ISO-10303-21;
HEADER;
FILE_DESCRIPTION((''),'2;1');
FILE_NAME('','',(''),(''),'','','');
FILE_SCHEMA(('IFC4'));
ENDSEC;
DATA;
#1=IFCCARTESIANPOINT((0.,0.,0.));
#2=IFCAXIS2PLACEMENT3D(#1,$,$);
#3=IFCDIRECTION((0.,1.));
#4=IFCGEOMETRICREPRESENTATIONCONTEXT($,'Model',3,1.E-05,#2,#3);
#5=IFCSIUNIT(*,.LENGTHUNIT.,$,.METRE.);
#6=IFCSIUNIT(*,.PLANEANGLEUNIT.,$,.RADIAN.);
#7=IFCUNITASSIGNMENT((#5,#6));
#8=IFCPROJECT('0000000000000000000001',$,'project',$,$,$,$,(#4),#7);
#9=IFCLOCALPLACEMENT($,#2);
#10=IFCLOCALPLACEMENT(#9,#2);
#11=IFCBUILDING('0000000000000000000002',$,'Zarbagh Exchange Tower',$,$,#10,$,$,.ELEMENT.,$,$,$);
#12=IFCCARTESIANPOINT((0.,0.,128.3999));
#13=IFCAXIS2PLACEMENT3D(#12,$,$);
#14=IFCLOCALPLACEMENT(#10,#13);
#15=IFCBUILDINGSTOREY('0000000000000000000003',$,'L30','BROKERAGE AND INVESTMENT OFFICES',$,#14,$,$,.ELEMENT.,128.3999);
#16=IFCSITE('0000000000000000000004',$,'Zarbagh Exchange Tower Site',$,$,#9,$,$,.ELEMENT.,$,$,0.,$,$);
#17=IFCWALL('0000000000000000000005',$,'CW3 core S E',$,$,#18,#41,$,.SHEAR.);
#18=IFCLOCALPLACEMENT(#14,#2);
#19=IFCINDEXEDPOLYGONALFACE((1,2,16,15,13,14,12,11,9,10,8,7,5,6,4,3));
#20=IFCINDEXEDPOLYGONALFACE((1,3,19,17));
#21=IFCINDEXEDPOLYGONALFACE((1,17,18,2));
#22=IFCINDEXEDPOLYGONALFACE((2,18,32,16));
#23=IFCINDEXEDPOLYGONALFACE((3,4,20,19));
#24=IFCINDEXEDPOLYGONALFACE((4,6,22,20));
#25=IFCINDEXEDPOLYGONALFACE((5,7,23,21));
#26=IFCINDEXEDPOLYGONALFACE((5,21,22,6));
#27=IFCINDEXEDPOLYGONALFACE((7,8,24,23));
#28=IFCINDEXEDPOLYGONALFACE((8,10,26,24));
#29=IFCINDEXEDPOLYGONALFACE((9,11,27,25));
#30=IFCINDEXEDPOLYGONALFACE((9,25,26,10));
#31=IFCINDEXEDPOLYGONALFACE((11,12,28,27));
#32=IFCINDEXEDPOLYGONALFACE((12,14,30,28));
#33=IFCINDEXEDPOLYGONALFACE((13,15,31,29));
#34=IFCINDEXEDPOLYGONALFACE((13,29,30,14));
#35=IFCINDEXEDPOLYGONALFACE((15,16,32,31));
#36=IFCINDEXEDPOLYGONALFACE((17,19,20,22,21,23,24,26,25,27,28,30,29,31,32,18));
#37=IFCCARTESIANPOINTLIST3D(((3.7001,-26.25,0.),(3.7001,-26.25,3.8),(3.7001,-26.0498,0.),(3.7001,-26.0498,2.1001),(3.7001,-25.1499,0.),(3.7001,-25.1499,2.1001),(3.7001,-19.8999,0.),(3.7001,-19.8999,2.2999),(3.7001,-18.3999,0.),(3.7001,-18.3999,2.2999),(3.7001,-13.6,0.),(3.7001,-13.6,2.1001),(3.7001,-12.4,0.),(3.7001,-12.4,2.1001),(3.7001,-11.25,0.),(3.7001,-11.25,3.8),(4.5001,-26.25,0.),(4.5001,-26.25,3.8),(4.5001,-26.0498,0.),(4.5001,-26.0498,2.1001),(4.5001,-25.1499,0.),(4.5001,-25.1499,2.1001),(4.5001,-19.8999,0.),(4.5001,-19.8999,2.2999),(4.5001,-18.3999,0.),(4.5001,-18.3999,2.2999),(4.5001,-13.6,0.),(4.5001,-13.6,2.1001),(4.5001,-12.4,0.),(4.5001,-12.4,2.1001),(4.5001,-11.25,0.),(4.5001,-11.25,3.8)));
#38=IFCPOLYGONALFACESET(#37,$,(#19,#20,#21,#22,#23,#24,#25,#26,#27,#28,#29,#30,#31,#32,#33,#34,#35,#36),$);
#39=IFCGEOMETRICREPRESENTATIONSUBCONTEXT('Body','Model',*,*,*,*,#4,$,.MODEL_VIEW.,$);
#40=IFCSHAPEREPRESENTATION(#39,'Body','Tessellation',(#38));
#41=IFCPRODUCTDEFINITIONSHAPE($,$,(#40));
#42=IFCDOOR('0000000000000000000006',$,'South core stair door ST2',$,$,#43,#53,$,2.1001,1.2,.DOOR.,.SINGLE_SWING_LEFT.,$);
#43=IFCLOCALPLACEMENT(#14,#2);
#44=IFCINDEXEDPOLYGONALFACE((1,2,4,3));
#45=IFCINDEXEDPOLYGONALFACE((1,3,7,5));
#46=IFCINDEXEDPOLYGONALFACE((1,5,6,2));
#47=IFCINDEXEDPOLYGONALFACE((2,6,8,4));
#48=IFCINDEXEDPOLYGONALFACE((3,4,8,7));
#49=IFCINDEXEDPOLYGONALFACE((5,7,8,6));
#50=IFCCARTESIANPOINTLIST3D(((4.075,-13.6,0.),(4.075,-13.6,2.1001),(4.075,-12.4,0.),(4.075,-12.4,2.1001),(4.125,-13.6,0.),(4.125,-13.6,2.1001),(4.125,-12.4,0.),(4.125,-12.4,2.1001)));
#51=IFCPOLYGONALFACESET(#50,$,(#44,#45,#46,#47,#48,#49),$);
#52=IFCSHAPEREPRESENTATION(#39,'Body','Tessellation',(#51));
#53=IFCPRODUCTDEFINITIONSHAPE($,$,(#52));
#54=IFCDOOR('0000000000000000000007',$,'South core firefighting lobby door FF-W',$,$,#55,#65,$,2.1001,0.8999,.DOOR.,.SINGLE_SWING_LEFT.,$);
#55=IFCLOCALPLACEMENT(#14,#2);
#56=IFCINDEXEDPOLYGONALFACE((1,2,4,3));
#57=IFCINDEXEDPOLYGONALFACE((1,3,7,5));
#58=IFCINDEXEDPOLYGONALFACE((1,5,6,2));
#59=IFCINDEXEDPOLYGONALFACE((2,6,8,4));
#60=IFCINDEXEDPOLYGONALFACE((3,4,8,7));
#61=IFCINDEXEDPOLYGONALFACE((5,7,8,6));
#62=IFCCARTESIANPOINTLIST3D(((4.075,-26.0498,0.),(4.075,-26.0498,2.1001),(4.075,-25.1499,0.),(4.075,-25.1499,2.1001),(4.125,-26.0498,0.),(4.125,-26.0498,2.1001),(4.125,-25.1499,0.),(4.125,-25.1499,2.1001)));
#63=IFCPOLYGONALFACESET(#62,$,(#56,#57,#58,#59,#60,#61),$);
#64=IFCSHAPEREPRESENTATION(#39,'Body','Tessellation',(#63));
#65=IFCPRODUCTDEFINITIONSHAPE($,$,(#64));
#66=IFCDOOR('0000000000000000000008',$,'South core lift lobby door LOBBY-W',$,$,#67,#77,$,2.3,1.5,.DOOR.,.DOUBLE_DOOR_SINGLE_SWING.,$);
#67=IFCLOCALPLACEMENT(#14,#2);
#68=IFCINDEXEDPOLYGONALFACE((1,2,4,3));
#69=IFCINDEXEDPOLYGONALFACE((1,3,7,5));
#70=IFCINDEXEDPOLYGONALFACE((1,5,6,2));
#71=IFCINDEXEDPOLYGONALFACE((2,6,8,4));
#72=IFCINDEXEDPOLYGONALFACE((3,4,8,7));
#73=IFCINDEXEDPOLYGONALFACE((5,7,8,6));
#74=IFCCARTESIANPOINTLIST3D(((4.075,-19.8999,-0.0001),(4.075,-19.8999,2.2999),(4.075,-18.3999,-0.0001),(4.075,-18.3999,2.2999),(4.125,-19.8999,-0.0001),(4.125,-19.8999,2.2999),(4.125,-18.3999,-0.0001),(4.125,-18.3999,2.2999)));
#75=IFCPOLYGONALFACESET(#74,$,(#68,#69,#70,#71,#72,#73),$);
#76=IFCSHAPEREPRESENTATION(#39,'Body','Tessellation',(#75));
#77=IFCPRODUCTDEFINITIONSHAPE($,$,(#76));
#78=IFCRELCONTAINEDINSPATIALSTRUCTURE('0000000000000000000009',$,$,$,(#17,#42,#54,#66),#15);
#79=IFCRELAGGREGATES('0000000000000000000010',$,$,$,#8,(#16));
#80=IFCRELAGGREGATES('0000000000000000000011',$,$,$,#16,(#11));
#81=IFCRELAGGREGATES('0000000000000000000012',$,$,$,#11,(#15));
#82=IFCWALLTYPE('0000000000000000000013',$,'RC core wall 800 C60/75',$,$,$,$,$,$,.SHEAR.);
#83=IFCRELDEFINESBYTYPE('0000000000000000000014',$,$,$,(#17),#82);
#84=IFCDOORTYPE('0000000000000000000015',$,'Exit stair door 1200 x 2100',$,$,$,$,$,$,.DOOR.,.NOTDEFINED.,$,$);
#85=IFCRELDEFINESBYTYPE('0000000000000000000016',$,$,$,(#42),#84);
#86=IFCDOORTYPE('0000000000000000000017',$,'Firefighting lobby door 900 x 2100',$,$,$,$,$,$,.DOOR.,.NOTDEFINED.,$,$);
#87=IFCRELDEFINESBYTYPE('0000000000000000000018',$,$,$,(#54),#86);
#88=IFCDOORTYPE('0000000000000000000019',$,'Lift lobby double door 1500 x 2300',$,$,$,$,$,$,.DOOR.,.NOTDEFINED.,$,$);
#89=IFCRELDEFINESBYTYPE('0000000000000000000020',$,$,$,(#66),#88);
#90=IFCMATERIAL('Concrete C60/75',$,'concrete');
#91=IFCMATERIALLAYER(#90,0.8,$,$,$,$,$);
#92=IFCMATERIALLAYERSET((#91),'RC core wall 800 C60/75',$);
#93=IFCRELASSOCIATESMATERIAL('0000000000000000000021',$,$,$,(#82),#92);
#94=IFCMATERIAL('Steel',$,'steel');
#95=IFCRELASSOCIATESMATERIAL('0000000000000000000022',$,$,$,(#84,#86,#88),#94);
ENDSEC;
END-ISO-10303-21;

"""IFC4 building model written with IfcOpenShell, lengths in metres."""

from ifc_helpers import new_model, si_unit, direction, frame, frame_2d, origin, place, context, subcontext, project, spatial, rectangle, extrude, material, layer, layer_set, type_object, element, fill, save


model = new_model("IFC4")

# Units and contexts
model_context = context("Model", 3, precision=1e-05, world=origin(), true_north=direction((0.0, 1.0)))
body_context = subcontext(model_context, "Body", "Model", "MODEL_VIEW")
ifc_project = project(units=[si_unit("LENGTHUNIT", "METRE"), si_unit("PLANEANGLEUNIT", "RADIAN")], contexts=[model_context])

# Site, building, storey
site_placement = place(None, origin())
site = spatial("IfcSite", under=ifc_project, at=site_placement, Name="Zarbagh Exchange Tower Site", CompositionType="ELEMENT", RefElevation=0.0)
building_placement = place(site_placement, origin())
building = spatial("IfcBuilding", under=site, at=building_placement, Name="Zarbagh Exchange Tower", CompositionType="ELEMENT")
storey_placement = place(building_placement, frame((0.0, 0.0, 128.3999)))
storey = spatial("IfcBuildingStorey", under=building, at=storey_placement, Name="L30", Description="BROKERAGE AND INVESTMENT OFFICES", CompositionType="ELEMENT", Elevation=128.3999)

# Shared definitions
ifc_material_1 = material(Name="Concrete C60/75", Category="concrete")

# Wall, openings, doors
ifc_layer_1 = layer(ifc_material_1, 0.8)
ifc_layer_set_1 = layer_set([ifc_layer_1], Name="RC core wall 800 C60/75")
wall_type_1 = type_object("IfcWallType", Name="RC core wall 800 C60/75", PredefinedType="SHEAR", material=ifc_layer_set_1)
wall_1_placement = place(storey_placement, frame((4.1001, -11.25, 0.0), z_axis=(0.0, 0.0, 1.0), x_axis=(0.0, -1.0, 0.0)))
wall_1 = element("IfcWall", 1, at=wall_1_placement, inside=storey, type_object=wall_type_1, Name="CW3 core S E", PredefinedType="SHEAR", context=body_context, shape_type="SweptSolid", body=[
    extrude(rectangle(XDim=15.0, YDim=0.8, at=frame_2d((7.5, 0.0))), origin(), (0.0, 0.0, 1.0), 3.8),
])
opening_1_placement = place(wall_1_placement, frame((7.1499, 0.0, 0.0)))
opening_1 = element("IfcOpeningElement", 2, at=opening_1_placement, cuts=wall_1, PredefinedType="OPENING", context=body_context, shape_type="SweptSolid", body=[
    extrude(rectangle(XDim=1.5, YDim=2.3, at=frame_2d((0.75, 1.1499))), frame((0.0, 0.4099, 0.0), z_axis=(0.0, -1.0, 0.0), x_axis=(1.0, 0.0, 0.0)), (0.0, 0.0, 1.0), 0.8201),
])
opening_2_placement = place(wall_1_placement, frame((13.8999, 0.0, 0.0)))
opening_2 = element("IfcOpeningElement", 3, at=opening_2_placement, cuts=wall_1, PredefinedType="OPENING", context=body_context, shape_type="SweptSolid", body=[
    extrude(rectangle(XDim=0.8999, YDim=2.1001, at=frame_2d((0.45, 1.05))), frame((0.0, 0.4099, 0.0), z_axis=(0.0, -1.0, 0.0), x_axis=(1.0, 0.0, 0.0)), (0.0, 0.0, 1.0), 0.8201),
])
opening_3_placement = place(wall_1_placement, frame((1.1499, 0.0, 0.0)))
opening_3 = element("IfcOpeningElement", 4, at=opening_3_placement, cuts=wall_1, PredefinedType="OPENING", context=body_context, shape_type="SweptSolid", body=[
    extrude(rectangle(XDim=1.2, YDim=2.1001, at=frame_2d((0.6001, 1.05))), frame((0.0, 0.4099, 0.0), z_axis=(0.0, -1.0, 0.0), x_axis=(1.0, 0.0, 0.0)), (0.0, 0.0, 1.0), 0.8201),
])
ifc_material_2 = material(Name="Steel", Category="steel")
door_type_1 = type_object("IfcDoorType", Name="Exit stair door 1200 x 2100", OperationType="NOTDEFINED", PredefinedType="DOOR", material=ifc_material_2)
door_1_placement = place(opening_3_placement, origin())
door_1 = element("IfcDoor", 5, at=door_1_placement, inside=storey, type_object=door_type_1, Name="South core stair door ST2", OperationType="SINGLE_SWING_LEFT", OverallHeight=2.1001, OverallWidth=1.2, PredefinedType="DOOR", context=body_context, shape_type="SweptSolid", body=[
    extrude(rectangle(XDim=1.2, YDim=2.1001, at=frame_2d((0.6001, 1.05))), frame((0.0, 0.0249, 0.0), z_axis=(0.0, -1.0, 0.0), x_axis=(1.0, 0.0, 0.0)), (0.0, 0.0, 1.0), 0.05),
])
fill(opening_3, door_1)
door_type_2 = type_object("IfcDoorType", Name="Firefighting lobby door 900 x 2100", OperationType="NOTDEFINED", PredefinedType="DOOR", material=ifc_material_2)
door_2_placement = place(opening_2_placement, origin())
door_2 = element("IfcDoor", 6, at=door_2_placement, inside=storey, type_object=door_type_2, Name="South core firefighting lobby door FF-W", OperationType="SINGLE_SWING_LEFT", OverallHeight=2.1001, OverallWidth=0.8999, PredefinedType="DOOR", context=body_context, shape_type="SweptSolid", body=[
    extrude(rectangle(XDim=0.8999, YDim=2.1001, at=frame_2d((0.45, 1.05))), frame((0.0, 0.0249, 0.0), z_axis=(0.0, -1.0, 0.0), x_axis=(1.0, 0.0, 0.0)), (0.0, 0.0, 1.0), 0.05),
])
fill(opening_2, door_2)
door_type_3 = type_object("IfcDoorType", Name="Lift lobby double door 1500 x 2300", OperationType="NOTDEFINED", PredefinedType="DOOR", material=ifc_material_2)
door_3_placement = place(opening_1_placement, origin())
door_3 = element("IfcDoor", 7, at=door_3_placement, inside=storey, type_object=door_type_3, Name="South core lift lobby door LOBBY-W", OperationType="DOUBLE_DOOR_SINGLE_SWING", OverallHeight=2.3, OverallWidth=1.5, PredefinedType="DOOR", context=body_context, shape_type="SweptSolid", body=[
    extrude(rectangle(XDim=1.5, YDim=2.3, at=frame_2d((0.75, 1.1499))), frame((0.0, 0.0249, 0.0), z_axis=(0.0, -1.0, 0.0), x_axis=(1.0, 0.0, 0.0)), (0.0, 0.0, 1.0), 0.05),
])
fill(opening_1, door_3)

save(model, "model.ifc")
